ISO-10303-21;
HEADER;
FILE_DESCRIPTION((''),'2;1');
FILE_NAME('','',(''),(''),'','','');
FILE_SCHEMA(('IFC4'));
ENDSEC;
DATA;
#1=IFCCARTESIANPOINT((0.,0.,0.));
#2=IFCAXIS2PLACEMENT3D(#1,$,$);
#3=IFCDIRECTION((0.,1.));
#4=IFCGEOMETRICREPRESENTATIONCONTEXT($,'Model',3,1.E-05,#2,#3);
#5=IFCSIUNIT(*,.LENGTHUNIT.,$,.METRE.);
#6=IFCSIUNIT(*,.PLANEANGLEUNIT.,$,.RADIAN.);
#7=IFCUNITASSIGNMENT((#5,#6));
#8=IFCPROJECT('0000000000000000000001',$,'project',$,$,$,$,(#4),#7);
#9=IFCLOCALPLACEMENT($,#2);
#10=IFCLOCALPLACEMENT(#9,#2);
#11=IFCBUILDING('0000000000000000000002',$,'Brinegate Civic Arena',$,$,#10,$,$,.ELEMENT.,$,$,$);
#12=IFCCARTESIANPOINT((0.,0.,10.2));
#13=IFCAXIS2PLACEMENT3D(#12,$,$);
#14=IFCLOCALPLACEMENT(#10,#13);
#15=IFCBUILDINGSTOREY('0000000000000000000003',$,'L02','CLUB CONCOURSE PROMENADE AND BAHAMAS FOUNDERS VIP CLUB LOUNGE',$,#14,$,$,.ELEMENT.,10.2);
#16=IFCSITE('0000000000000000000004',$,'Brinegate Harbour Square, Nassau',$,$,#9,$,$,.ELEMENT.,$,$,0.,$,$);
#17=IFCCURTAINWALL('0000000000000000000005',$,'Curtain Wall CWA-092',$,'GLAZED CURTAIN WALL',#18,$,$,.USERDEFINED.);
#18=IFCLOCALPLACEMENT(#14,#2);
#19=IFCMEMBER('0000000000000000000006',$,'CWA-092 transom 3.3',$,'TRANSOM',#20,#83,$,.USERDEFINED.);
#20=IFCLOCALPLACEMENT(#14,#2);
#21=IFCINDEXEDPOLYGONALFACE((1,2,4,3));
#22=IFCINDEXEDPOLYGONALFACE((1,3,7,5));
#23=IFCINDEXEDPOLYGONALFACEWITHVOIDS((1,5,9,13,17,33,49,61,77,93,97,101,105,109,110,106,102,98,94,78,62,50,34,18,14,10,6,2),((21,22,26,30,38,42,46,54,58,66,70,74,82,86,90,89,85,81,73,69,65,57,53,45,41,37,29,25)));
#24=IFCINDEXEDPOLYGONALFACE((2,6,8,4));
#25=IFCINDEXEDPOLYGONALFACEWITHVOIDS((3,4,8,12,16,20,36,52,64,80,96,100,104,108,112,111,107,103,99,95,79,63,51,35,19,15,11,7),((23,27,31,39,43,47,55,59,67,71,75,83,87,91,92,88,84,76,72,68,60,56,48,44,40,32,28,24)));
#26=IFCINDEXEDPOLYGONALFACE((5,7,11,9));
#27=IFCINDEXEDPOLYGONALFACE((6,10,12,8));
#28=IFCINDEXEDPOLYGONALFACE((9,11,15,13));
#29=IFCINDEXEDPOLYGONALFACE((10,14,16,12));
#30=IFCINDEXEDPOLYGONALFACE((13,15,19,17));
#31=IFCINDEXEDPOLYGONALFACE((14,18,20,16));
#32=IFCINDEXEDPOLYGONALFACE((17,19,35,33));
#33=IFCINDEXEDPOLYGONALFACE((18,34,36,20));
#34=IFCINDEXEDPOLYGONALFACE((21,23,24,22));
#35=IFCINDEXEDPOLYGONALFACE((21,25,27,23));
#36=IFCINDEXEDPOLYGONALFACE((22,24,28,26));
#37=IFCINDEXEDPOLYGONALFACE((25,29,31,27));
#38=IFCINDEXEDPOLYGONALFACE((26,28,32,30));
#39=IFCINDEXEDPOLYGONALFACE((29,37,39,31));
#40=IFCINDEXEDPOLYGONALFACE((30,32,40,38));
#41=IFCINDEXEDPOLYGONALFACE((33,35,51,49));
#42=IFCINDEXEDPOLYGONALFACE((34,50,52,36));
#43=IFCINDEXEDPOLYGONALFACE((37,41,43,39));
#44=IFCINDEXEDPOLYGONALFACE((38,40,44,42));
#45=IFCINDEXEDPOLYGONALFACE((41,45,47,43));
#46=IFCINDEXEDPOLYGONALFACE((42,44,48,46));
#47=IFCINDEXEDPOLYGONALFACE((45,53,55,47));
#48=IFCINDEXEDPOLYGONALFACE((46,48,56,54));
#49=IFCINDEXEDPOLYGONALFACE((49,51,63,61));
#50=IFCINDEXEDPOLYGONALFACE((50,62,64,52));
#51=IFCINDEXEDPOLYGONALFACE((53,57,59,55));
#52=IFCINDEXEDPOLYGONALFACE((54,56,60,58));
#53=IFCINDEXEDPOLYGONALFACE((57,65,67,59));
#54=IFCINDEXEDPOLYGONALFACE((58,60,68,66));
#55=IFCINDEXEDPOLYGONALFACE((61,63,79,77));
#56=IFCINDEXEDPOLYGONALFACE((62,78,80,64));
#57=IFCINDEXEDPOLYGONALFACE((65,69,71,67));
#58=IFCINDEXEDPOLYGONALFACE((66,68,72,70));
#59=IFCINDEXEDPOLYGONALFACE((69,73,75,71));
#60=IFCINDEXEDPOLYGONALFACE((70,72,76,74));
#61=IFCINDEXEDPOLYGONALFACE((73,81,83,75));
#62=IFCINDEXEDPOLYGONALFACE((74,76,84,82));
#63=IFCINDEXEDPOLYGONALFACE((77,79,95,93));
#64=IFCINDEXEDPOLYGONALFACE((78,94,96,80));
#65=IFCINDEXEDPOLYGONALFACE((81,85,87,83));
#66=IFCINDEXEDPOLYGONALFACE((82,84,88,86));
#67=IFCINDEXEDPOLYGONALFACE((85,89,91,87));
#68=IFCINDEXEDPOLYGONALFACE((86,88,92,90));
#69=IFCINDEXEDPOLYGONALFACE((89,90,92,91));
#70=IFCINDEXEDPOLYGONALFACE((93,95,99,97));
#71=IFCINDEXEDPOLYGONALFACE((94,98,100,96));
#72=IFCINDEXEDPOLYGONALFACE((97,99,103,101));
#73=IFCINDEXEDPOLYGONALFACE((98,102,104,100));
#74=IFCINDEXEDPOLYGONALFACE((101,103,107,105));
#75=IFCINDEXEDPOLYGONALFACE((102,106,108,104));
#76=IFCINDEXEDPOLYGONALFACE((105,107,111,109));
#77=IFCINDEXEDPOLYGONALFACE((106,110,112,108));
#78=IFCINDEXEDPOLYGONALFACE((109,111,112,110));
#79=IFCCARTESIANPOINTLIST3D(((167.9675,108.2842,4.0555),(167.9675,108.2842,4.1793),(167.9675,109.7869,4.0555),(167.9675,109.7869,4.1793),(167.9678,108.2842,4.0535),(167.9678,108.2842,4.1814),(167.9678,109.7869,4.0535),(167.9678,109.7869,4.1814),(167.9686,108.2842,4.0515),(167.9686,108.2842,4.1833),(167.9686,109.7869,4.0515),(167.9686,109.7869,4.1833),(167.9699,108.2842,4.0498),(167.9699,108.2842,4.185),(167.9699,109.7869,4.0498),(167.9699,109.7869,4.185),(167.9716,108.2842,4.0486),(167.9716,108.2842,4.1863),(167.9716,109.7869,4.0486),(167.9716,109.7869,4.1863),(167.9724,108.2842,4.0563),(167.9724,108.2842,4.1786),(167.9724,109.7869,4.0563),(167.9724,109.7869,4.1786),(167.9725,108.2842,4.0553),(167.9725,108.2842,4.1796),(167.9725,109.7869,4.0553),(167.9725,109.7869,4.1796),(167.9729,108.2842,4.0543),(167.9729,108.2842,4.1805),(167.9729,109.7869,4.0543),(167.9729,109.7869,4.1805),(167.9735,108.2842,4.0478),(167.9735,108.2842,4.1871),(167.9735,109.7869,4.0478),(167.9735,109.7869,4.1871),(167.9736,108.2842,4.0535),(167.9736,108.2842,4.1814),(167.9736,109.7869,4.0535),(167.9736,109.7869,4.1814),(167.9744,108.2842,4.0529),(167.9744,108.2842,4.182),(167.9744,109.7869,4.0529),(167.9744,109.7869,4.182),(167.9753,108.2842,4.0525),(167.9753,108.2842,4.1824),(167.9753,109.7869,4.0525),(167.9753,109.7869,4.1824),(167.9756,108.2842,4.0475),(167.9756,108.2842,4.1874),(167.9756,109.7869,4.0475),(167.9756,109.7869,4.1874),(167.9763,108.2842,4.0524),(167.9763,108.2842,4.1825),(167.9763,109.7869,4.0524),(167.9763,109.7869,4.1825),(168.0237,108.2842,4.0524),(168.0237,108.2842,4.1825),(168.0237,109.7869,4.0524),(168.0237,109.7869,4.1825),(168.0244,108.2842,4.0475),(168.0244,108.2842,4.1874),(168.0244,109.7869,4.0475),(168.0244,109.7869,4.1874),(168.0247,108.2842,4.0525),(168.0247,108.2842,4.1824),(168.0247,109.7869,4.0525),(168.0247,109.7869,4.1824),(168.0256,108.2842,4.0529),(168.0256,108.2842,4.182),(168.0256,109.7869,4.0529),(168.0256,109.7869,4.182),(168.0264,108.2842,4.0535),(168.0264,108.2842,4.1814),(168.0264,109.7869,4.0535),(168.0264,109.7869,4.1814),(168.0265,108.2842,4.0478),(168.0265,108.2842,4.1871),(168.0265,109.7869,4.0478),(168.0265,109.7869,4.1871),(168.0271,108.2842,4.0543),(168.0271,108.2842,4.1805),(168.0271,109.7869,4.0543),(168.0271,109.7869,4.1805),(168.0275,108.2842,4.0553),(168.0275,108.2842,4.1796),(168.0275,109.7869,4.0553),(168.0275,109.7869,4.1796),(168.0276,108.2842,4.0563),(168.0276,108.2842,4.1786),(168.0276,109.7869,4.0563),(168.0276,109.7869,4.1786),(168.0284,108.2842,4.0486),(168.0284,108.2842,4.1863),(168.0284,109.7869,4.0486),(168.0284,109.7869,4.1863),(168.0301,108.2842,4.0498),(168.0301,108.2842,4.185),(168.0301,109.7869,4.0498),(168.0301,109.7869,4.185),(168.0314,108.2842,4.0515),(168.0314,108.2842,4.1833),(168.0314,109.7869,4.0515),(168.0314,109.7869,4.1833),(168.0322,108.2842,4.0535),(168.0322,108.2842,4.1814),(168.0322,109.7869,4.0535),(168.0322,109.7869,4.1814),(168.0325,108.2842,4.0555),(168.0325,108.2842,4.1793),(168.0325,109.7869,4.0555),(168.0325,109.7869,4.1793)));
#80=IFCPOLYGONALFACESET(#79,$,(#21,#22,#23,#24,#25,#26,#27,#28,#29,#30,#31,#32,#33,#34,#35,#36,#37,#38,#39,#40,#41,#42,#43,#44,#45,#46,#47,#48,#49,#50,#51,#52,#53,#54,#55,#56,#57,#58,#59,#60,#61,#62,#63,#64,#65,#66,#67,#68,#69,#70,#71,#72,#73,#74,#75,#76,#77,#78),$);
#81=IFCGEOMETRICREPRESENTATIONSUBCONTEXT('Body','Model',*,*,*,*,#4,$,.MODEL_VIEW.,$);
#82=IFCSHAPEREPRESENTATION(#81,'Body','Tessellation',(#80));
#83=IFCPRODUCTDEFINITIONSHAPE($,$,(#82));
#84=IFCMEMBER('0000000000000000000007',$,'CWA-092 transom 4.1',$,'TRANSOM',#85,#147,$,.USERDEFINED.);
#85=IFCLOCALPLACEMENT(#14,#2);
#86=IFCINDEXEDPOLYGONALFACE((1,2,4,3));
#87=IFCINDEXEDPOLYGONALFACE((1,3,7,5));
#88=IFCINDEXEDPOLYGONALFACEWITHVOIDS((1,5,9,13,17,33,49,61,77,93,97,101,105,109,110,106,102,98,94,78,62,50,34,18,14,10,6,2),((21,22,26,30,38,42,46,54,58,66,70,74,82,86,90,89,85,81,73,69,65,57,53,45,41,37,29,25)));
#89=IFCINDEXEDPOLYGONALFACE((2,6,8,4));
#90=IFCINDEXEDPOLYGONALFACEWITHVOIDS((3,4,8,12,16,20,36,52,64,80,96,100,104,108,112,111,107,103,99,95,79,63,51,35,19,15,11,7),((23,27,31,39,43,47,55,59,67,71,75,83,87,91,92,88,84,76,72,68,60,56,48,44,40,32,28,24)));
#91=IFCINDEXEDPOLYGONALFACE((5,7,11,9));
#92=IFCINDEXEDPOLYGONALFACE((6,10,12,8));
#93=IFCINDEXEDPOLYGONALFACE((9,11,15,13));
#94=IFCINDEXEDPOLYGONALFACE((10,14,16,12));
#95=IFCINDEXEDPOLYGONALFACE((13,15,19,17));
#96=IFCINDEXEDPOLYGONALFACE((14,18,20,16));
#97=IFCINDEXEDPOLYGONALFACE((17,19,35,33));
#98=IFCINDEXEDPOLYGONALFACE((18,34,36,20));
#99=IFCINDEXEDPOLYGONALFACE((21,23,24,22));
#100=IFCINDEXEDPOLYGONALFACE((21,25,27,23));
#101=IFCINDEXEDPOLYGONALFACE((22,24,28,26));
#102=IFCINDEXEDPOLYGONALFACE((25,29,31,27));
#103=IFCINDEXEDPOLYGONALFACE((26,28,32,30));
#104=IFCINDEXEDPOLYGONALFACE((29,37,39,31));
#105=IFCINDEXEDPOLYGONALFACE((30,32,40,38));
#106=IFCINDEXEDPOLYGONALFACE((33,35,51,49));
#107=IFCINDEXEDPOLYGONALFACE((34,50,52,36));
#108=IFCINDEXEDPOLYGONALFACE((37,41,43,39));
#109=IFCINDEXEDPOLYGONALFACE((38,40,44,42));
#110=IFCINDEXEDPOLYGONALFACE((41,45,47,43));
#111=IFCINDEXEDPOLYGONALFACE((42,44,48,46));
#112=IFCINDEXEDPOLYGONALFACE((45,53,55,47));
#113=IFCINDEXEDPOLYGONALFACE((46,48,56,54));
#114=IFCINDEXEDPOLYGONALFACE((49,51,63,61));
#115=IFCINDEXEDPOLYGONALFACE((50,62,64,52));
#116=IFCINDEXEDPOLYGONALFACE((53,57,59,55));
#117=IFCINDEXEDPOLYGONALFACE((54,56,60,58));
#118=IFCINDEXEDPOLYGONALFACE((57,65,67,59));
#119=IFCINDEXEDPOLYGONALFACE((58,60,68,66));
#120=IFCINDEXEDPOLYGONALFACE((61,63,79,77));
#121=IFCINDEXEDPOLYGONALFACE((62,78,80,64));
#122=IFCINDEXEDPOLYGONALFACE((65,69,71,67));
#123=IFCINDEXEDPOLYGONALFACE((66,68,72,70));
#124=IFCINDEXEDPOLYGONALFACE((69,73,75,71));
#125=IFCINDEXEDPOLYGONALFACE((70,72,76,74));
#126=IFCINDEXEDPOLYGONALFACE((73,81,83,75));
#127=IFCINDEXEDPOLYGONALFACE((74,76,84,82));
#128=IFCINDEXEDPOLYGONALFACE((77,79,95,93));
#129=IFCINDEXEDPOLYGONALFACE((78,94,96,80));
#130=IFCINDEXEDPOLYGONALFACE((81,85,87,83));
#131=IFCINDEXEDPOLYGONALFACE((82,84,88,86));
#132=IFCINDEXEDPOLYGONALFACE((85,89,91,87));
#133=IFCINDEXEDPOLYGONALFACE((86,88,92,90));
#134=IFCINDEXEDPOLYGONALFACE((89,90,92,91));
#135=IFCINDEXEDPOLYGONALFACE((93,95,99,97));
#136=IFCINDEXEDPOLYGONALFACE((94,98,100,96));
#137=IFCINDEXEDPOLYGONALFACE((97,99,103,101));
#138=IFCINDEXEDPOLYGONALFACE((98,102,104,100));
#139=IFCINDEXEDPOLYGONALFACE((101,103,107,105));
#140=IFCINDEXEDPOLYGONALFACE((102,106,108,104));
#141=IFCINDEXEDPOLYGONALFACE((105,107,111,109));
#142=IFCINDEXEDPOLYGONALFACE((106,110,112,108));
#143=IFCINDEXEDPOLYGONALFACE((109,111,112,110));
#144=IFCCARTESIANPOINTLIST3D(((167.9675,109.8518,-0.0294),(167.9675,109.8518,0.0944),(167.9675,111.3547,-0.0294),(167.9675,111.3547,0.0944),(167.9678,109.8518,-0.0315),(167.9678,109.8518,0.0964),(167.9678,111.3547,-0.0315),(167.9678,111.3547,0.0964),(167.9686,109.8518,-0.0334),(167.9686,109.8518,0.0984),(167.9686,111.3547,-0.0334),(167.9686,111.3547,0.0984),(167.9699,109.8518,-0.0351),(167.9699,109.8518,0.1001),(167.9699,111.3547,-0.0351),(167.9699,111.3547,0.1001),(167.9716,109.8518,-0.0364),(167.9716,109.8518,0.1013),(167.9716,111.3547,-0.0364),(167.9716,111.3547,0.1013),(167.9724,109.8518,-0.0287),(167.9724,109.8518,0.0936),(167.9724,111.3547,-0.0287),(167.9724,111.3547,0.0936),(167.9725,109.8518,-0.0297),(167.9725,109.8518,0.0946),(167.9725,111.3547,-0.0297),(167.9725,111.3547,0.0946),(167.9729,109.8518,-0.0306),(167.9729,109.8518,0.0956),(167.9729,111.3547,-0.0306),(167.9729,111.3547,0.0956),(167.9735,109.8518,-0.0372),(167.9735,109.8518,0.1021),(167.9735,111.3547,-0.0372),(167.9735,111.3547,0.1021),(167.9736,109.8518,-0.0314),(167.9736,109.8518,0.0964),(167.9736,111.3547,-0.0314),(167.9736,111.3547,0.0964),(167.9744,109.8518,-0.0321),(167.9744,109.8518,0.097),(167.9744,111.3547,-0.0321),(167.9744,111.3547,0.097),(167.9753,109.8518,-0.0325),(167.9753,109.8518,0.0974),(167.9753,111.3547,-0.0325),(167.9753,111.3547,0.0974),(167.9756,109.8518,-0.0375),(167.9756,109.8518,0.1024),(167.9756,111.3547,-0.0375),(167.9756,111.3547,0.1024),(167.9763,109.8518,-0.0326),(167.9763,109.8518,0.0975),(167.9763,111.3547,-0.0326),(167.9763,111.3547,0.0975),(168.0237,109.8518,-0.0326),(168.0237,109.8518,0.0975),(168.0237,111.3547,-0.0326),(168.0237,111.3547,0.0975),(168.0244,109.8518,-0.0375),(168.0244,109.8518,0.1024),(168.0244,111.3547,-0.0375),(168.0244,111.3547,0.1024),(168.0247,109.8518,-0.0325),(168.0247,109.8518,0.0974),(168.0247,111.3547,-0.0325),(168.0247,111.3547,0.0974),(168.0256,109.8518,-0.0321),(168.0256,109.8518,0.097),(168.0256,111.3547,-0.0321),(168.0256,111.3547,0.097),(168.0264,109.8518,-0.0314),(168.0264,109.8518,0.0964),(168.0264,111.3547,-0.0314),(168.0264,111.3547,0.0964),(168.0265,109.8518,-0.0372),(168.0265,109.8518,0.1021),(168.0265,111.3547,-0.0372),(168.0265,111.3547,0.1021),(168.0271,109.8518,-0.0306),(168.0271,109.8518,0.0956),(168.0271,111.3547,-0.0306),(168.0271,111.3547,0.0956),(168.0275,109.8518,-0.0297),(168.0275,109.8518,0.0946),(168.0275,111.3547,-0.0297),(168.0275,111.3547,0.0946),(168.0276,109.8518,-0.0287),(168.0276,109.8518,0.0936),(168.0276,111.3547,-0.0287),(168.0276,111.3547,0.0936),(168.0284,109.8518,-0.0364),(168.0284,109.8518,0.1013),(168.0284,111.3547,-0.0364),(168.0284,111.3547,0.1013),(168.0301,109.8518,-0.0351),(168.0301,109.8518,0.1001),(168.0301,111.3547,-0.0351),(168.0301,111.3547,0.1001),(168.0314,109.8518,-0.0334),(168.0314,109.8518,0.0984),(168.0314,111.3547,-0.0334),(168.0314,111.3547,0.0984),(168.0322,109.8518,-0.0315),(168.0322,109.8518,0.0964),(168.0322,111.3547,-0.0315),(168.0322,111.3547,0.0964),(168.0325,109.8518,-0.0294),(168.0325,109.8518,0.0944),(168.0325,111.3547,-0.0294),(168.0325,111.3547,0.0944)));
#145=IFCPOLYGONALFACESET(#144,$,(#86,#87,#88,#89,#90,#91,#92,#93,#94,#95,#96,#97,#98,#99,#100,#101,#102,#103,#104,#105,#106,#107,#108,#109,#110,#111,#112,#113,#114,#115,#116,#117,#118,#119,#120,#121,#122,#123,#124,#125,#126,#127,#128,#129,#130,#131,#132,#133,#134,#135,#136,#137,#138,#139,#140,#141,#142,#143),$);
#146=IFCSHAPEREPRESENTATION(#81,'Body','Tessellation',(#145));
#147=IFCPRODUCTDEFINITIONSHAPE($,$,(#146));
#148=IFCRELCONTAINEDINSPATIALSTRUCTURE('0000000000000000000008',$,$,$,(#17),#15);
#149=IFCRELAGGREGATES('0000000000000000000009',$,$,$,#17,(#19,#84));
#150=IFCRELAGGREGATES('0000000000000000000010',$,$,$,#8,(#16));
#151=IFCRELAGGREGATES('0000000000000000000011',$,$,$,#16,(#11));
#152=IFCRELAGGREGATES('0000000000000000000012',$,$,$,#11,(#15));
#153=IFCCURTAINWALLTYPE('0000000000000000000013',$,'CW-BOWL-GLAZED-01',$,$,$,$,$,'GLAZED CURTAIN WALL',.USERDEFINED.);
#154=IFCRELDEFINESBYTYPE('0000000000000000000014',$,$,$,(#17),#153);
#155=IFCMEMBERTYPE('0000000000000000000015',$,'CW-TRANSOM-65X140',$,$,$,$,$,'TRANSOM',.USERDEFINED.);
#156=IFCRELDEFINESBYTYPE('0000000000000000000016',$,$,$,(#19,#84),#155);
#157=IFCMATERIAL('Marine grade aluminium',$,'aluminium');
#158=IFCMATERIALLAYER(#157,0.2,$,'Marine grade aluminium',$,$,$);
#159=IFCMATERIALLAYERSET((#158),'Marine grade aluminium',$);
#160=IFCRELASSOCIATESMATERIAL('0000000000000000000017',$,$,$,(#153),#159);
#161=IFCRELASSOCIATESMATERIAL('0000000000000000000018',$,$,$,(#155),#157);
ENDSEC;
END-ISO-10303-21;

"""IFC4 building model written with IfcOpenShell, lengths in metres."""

from ifc_helpers import new_model, si_unit, direction, frame, origin, origin_2d, place, context, subcontext, project, spatial, hollow_rectangle, extrude, material, layer, layer_set, material_profile, profile_set, type_object, element, aggregate, save


model = new_model("IFC4")

# Units and contexts
model_context = context("Model", 3, precision=1e-05, world=origin(), true_north=direction((0.0, 1.0)))
body_context = subcontext(model_context, "Body", "Model", "MODEL_VIEW")
ifc_project = project(units=[si_unit("LENGTHUNIT", "METRE"), si_unit("PLANEANGLEUNIT", "RADIAN")], contexts=[model_context])

# Site, building, storey
site_placement = place(None, origin())
site = spatial("IfcSite", under=ifc_project, at=site_placement, Name="Brinegate Harbour Square, Nassau", CompositionType="ELEMENT", RefElevation=0.0)
building_placement = place(site_placement, origin())
building = spatial("IfcBuilding", under=site, at=building_placement, Name="Brinegate Civic Arena", CompositionType="ELEMENT")
storey_placement = place(building_placement, frame((0.0, 0.0, 10.2)))
storey = spatial("IfcBuildingStorey", under=building, at=storey_placement, Name="L02", Description="CLUB CONCOURSE PROMENADE AND BAHAMAS FOUNDERS VIP CLUB LOUNGE", CompositionType="ELEMENT", Elevation=10.2)

# Curtain wall
ifc_material_1 = material(Name="Marine grade aluminium", Category="aluminium")
ifc_layer_1 = layer(ifc_material_1, 0.2, Name="Marine grade aluminium")
ifc_layer_set_1 = layer_set([ifc_layer_1], Name="Marine grade aluminium")
curtain_wall_type = type_object("IfcCurtainWallType", Name="CW-BOWL-GLAZED-01", ElementType="GLAZED CURTAIN WALL", PredefinedType="USERDEFINED", material=ifc_layer_set_1)
curtain_wall_1_placement = place(storey_placement, origin())
curtain_wall_1 = element("IfcCurtainWall", 1, at=curtain_wall_1_placement, inside=storey, type_object=curtain_wall_type, Name="Curtain Wall CWA-092", ObjectType="GLAZED CURTAIN WALL", PredefinedType="USERDEFINED")

# Members
ifc_material_profile_1 = material_profile(ifc_material_1, hollow_rectangle(XDim=0.0649, YDim=0.1399, WallThickness=0.0049, InnerFilletRadius=0.0039, OuterFilletRadius=0.0081, at=origin_2d()), Name="TRN65X140")
ifc_profile_set_1 = profile_set([ifc_material_profile_1], Name="Marine grade aluminium")
member_type_1 = type_object("IfcMemberType", Name="CW-TRANSOM-65X140", ElementType="TRANSOM", PredefinedType="USERDEFINED", material=ifc_profile_set_1)
member_1_placement = place(storey_placement, frame((168.0, 108.2842, 4.1174), z_axis=(0.0, 1.0, 0.0), x_axis=(-1.0, 0.0, 0.0)))
member_1 = element("IfcMember", 2, at=member_1_placement, type_object=member_type_1, Name="CWA-092 transom 3.3", ObjectType="TRANSOM", PredefinedType="USERDEFINED", context=body_context, shape_type="SweptSolid", body=[
    extrude(hollow_rectangle(XDim=0.0649, YDim=0.1399, WallThickness=0.0049, InnerFilletRadius=0.0039, OuterFilletRadius=0.0081, at=origin_2d()), origin(), (0.0, 0.0, 1.0), 1.5027),
])
member_2_placement = place(storey_placement, frame((168.0, 109.8518, 0.0325), z_axis=(0.0, 1.0, 0.0), x_axis=(-1.0, 0.0, 0.0)))
member_2 = element("IfcMember", 3, at=member_2_placement, type_object=member_type_1, Name="CWA-092 transom 4.1", ObjectType="TRANSOM", PredefinedType="USERDEFINED", context=body_context, shape_type="SweptSolid", body=[
    extrude(hollow_rectangle(XDim=0.0649, YDim=0.1399, WallThickness=0.0049, InnerFilletRadius=0.0039, OuterFilletRadius=0.0081, at=origin_2d()), origin(), (0.0, 0.0, 1.0), 1.5029),
])

aggregate(curtain_wall_1, [member_1, member_2])

save(model, "model.ifc")
